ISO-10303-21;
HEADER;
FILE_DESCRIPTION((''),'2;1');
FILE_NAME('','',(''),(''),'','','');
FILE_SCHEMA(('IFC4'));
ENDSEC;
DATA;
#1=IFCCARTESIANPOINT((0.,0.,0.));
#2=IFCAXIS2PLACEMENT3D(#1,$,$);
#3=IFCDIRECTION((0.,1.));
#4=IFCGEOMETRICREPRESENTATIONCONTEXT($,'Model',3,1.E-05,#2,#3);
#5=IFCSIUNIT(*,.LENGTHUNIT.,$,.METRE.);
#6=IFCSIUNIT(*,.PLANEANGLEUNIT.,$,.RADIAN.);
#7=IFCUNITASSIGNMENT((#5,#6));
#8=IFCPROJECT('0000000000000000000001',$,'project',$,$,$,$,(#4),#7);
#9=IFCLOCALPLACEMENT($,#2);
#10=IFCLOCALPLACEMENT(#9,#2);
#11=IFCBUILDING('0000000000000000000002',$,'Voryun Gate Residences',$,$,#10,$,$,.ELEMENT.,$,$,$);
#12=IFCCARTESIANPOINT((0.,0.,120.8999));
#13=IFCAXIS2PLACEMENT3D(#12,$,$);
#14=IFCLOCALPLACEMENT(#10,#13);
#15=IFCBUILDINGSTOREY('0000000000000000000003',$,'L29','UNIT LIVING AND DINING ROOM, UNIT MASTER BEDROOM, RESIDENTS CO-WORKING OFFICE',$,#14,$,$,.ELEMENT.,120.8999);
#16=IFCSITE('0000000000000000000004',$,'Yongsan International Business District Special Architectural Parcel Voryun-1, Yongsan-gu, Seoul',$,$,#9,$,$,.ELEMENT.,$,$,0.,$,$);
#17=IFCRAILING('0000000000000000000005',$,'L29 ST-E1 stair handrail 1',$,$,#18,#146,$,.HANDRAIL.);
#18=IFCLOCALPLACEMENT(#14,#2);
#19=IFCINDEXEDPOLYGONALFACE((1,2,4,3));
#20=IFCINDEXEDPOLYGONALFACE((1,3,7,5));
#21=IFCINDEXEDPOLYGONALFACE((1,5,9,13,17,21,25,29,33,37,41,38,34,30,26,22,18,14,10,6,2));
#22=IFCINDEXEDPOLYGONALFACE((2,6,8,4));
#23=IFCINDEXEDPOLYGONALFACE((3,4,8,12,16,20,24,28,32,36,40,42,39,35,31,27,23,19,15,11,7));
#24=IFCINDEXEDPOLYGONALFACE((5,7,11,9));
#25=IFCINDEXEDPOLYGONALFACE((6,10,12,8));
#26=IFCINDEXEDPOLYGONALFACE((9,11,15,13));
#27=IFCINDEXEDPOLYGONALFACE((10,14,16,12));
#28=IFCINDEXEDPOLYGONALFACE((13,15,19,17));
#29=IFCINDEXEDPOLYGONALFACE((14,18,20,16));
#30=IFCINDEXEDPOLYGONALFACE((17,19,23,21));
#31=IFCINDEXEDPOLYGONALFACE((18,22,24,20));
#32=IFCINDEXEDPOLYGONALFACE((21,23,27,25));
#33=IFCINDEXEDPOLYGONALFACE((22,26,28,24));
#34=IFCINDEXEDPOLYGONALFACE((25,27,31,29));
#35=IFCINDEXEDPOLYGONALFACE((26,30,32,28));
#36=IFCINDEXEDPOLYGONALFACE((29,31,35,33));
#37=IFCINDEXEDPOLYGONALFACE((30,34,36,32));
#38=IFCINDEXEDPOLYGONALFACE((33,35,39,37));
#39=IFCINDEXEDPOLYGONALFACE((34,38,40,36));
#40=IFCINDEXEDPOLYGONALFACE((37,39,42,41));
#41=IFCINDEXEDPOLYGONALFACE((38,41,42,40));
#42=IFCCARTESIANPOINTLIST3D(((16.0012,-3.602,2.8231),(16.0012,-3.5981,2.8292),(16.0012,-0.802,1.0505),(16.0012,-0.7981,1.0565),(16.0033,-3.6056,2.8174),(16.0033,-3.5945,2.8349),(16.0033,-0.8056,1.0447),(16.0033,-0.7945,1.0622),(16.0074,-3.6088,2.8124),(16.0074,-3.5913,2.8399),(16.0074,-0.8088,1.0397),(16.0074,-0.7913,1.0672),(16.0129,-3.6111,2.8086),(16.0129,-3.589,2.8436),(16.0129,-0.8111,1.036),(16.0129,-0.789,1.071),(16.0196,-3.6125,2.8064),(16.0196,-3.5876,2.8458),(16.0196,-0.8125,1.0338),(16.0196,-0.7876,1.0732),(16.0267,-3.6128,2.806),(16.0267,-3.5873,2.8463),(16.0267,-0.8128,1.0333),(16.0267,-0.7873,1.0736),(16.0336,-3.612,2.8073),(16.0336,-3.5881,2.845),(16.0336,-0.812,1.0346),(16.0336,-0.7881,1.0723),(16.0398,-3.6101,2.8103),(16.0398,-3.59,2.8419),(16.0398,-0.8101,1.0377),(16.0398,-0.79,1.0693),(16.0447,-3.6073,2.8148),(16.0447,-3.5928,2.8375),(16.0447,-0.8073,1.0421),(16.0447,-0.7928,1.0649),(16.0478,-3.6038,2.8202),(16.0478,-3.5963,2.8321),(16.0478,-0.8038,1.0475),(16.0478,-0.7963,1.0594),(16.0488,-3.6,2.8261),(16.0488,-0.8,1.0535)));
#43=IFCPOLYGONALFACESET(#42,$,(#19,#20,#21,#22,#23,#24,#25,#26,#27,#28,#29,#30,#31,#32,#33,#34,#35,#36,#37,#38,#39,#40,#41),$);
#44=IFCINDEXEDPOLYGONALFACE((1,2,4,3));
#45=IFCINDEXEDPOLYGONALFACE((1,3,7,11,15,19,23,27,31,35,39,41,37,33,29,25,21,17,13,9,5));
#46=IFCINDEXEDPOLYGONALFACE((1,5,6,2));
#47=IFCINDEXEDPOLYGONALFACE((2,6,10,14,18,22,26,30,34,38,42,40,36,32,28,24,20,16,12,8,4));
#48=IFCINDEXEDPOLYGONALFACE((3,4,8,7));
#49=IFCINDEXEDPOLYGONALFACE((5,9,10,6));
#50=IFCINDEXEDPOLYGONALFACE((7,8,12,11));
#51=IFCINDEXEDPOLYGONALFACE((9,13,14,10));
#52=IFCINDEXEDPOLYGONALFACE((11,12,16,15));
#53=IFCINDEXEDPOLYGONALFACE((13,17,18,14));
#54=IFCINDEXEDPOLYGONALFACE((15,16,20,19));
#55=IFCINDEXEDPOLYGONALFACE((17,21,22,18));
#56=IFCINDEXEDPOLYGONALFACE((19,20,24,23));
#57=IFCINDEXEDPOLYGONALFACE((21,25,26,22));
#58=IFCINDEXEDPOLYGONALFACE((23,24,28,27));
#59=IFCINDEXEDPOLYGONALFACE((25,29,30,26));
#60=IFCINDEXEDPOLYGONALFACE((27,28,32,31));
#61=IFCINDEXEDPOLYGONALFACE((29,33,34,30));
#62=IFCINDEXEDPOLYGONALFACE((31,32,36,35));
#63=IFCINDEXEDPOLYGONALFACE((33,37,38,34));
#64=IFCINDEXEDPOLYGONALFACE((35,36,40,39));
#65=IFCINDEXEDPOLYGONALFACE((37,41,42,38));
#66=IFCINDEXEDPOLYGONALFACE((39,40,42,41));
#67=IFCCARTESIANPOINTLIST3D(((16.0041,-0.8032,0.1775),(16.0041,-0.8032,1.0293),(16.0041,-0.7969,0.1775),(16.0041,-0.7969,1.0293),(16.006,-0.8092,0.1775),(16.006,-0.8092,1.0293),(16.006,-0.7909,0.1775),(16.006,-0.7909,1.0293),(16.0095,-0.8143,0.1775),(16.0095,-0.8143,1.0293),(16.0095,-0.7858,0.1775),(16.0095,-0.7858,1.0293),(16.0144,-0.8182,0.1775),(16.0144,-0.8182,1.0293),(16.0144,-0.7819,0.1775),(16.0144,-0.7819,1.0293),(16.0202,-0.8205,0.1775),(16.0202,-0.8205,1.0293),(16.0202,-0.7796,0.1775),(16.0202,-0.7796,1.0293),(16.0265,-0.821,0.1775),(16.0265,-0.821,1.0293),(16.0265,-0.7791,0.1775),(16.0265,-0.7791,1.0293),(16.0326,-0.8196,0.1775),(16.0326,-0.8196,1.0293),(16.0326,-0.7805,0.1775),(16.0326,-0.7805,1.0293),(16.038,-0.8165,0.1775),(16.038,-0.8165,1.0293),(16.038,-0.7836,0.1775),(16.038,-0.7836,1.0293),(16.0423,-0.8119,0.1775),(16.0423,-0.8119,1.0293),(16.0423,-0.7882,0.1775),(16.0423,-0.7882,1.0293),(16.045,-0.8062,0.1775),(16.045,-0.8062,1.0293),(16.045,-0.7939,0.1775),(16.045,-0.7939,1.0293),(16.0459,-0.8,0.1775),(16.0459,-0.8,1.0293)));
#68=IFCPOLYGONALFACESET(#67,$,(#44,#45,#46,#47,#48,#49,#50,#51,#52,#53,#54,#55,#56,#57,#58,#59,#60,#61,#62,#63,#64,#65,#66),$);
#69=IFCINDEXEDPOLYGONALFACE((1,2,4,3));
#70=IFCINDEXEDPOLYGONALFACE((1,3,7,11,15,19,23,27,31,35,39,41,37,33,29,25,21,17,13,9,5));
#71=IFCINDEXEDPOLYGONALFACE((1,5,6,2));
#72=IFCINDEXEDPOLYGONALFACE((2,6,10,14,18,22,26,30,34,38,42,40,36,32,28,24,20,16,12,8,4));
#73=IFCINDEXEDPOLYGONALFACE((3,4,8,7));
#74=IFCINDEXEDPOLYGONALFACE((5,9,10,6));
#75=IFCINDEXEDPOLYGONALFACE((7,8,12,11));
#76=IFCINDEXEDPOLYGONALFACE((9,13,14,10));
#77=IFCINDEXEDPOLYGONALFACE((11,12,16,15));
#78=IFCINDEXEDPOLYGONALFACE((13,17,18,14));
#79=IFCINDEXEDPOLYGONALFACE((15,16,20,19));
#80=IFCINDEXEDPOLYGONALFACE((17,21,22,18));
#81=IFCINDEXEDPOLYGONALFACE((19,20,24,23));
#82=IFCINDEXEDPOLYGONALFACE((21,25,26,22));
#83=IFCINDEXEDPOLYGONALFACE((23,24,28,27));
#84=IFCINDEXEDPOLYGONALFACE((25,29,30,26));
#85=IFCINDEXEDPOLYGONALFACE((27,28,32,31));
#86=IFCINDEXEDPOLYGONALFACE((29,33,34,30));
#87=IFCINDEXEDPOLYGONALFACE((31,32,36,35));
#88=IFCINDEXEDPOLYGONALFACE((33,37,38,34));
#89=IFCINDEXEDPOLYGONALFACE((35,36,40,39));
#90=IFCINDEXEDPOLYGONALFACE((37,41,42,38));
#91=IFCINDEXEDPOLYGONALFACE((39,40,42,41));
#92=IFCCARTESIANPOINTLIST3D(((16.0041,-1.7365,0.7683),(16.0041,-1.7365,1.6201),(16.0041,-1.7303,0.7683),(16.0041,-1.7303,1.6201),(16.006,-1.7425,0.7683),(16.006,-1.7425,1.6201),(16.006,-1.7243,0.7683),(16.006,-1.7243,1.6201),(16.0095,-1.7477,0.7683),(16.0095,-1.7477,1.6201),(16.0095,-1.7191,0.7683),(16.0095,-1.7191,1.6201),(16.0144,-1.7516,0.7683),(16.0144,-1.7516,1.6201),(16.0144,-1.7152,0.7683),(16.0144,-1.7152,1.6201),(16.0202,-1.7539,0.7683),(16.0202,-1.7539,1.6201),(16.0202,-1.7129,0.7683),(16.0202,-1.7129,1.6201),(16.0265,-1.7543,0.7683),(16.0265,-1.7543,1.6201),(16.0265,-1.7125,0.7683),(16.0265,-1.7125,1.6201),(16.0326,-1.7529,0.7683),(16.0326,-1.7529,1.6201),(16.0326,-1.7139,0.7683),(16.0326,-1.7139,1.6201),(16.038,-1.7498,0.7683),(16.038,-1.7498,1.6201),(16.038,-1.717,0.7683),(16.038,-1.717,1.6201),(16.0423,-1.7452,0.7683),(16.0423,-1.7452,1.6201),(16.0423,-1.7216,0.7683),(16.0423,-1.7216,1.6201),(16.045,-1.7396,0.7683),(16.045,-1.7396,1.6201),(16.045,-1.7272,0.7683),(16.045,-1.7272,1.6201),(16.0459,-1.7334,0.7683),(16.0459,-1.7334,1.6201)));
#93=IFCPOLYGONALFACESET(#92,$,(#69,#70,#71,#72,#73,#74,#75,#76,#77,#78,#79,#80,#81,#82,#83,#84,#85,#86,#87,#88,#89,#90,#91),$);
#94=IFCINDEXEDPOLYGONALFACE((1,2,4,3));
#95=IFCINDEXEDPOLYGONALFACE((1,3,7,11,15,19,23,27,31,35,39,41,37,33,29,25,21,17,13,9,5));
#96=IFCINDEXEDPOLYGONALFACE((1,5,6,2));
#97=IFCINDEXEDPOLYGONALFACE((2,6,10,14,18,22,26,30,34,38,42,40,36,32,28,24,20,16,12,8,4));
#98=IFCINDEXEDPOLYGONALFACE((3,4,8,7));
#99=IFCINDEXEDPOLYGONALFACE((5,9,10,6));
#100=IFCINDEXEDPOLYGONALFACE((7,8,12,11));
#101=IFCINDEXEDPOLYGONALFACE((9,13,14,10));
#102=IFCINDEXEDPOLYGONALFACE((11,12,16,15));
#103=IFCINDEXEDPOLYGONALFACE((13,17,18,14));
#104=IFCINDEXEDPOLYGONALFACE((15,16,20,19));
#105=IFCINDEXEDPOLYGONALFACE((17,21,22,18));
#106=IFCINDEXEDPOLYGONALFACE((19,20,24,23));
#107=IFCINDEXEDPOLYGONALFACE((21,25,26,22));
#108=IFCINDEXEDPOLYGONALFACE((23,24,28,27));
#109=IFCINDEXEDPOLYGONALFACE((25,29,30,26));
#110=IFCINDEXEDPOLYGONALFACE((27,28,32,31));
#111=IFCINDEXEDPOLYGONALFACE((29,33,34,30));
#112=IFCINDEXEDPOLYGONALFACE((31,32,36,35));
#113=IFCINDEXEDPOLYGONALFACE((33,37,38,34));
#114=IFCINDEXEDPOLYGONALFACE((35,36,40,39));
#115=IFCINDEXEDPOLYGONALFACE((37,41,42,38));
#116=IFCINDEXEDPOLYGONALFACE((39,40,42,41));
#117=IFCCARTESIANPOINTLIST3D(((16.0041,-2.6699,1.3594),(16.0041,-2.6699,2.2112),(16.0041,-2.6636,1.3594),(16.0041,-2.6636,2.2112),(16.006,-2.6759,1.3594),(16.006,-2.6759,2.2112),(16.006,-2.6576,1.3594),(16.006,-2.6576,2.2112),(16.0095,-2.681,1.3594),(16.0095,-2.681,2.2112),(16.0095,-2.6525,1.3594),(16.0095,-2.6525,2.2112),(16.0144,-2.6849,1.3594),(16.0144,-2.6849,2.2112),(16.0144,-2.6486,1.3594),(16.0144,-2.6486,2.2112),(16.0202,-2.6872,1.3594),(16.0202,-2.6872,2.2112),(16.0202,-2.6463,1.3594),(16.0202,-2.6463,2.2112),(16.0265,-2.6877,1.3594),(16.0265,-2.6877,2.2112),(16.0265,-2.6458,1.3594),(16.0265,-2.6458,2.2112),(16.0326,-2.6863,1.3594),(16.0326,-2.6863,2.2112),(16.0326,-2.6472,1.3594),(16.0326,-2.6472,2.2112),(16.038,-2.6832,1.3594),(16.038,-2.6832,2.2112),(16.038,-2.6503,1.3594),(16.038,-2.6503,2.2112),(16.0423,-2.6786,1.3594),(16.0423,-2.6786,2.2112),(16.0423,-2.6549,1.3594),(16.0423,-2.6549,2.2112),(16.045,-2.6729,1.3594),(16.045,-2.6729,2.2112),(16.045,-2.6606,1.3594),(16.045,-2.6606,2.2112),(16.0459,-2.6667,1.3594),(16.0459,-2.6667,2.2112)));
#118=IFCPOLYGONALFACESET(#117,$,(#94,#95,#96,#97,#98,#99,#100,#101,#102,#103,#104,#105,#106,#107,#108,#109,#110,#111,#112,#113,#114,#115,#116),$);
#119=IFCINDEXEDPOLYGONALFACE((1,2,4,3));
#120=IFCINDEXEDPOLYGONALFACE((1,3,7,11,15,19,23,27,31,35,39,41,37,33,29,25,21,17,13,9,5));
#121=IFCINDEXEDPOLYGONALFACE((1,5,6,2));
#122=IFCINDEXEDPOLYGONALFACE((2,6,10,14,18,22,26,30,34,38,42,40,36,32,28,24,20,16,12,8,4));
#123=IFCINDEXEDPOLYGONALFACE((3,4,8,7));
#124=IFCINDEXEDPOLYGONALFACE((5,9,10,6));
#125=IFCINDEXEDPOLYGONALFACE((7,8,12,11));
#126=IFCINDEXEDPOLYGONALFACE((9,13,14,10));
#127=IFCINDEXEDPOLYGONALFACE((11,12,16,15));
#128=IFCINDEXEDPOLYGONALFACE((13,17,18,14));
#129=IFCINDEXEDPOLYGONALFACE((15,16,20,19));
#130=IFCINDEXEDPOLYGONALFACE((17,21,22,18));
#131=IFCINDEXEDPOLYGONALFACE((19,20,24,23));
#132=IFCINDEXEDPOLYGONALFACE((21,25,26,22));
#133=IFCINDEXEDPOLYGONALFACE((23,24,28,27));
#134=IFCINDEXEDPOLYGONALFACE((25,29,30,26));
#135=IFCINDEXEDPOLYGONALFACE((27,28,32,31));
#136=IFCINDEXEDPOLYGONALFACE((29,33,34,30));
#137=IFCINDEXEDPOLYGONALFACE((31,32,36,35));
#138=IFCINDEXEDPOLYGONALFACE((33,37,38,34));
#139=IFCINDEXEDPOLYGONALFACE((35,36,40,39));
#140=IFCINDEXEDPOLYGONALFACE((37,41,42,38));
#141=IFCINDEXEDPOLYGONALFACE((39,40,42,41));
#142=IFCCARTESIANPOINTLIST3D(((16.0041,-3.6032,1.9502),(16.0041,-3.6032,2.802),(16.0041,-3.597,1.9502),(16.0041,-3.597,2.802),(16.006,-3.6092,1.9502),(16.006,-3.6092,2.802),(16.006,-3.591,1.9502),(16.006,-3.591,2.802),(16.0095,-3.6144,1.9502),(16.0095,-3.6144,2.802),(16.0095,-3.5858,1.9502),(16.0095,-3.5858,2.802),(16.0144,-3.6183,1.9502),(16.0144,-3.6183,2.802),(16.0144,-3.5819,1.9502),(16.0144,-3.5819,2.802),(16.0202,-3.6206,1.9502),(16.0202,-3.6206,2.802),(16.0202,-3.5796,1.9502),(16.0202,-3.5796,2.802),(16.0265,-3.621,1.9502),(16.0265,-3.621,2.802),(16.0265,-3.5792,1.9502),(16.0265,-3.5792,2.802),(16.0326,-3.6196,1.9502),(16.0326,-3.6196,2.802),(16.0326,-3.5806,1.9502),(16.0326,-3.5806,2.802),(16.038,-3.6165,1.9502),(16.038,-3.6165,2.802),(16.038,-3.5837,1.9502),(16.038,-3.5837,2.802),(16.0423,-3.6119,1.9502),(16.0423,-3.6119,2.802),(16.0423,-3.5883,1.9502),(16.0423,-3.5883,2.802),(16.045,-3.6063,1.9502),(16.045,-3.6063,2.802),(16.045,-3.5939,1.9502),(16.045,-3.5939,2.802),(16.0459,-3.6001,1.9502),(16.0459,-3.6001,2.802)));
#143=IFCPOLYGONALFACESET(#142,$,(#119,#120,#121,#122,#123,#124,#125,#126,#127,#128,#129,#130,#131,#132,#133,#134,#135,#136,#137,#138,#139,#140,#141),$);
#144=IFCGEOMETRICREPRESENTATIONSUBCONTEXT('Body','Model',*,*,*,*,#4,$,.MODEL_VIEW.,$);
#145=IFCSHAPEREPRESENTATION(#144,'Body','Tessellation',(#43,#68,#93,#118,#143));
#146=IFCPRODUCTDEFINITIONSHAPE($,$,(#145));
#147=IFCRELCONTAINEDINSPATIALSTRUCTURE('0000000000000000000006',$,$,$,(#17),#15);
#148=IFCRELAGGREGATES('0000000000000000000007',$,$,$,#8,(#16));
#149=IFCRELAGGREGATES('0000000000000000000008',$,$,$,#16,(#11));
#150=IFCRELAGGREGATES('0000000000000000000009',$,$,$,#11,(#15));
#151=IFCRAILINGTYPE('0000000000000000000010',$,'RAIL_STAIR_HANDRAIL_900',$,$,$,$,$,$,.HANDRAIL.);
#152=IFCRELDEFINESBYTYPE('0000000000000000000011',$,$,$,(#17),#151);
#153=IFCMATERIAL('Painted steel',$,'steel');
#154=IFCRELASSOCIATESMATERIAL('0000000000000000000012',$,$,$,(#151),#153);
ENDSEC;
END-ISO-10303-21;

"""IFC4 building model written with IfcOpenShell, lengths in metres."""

from ifc_helpers import new_model, si_unit, direction, frame, origin, origin_2d, place, context, subcontext, project, spatial, circle, extrude, material, type_object, element, save


model = new_model("IFC4")

# Units and contexts
model_context = context("Model", 3, precision=1e-05, world=origin(), true_north=direction((0.0, 1.0)))
body_context = subcontext(model_context, "Body", "Model", "MODEL_VIEW")
ifc_project = project(units=[si_unit("LENGTHUNIT", "METRE"), si_unit("PLANEANGLEUNIT", "RADIAN")], contexts=[model_context])

# Site, building, storey
site_placement = place(None, origin())
site = spatial("IfcSite", under=ifc_project, at=site_placement, Name="Yongsan International Business District Special Architectural Parcel Voryun-1, Yongsan-gu, Seoul", CompositionType="ELEMENT", RefElevation=0.0)
building_placement = place(site_placement, origin())
building = spatial("IfcBuilding", under=site, at=building_placement, Name="Voryun Gate Residences", CompositionType="ELEMENT")
storey_placement = place(building_placement, frame((0.0, 0.0, 120.8999)))
storey = spatial("IfcBuildingStorey", under=building, at=storey_placement, Name="L29", Description="UNIT LIVING AND DINING ROOM, UNIT MASTER BEDROOM, RESIDENTS CO-WORKING OFFICE", CompositionType="ELEMENT", Elevation=120.8999)

# Railing
ifc_material_1 = material(Name="Painted steel", Category="steel")
railing_type_1 = type_object("IfcRailingType", Name="RAIL_STAIR_HANDRAIL_900", PredefinedType="HANDRAIL", material=ifc_material_1)
railing_1_placement = place(storey_placement, frame((16.0249, -0.8, 0.1775)))
element("IfcRailing", 1, at=railing_1_placement, inside=storey, type_object=railing_type_1, Name="L29 ST-E1 stair handrail 1", PredefinedType="HANDRAIL", context=body_context, shape_type="SweptSolid", body=[
    extrude(circle(Radius=0.0239, at=origin_2d()), frame((0.0, 0.0, 0.876), z_axis=(0.0, -0.844909, 0.53491), x_axis=(1.0, 0.0, 0.0)), (0.0, 0.0, 1.0), 3.314),
    extrude(circle(Radius=0.021, at=origin_2d()), origin(), (0.0, 0.0, 1.0), 0.8518),
    extrude(circle(Radius=0.021, at=origin_2d()), frame((0.0, -0.9333, 0.5908)), (0.0, 0.0, 1.0), 0.8518),
    extrude(circle(Radius=0.021, at=origin_2d()), frame((0.0, -1.8667, 1.1819)), (0.0, 0.0, 1.0), 0.8518),
    extrude(circle(Radius=0.021, at=origin_2d()), frame((0.0, -2.8, 1.7727)), (0.0, 0.0, 1.0), 0.8518),
])

save(model, "model.ifc")
